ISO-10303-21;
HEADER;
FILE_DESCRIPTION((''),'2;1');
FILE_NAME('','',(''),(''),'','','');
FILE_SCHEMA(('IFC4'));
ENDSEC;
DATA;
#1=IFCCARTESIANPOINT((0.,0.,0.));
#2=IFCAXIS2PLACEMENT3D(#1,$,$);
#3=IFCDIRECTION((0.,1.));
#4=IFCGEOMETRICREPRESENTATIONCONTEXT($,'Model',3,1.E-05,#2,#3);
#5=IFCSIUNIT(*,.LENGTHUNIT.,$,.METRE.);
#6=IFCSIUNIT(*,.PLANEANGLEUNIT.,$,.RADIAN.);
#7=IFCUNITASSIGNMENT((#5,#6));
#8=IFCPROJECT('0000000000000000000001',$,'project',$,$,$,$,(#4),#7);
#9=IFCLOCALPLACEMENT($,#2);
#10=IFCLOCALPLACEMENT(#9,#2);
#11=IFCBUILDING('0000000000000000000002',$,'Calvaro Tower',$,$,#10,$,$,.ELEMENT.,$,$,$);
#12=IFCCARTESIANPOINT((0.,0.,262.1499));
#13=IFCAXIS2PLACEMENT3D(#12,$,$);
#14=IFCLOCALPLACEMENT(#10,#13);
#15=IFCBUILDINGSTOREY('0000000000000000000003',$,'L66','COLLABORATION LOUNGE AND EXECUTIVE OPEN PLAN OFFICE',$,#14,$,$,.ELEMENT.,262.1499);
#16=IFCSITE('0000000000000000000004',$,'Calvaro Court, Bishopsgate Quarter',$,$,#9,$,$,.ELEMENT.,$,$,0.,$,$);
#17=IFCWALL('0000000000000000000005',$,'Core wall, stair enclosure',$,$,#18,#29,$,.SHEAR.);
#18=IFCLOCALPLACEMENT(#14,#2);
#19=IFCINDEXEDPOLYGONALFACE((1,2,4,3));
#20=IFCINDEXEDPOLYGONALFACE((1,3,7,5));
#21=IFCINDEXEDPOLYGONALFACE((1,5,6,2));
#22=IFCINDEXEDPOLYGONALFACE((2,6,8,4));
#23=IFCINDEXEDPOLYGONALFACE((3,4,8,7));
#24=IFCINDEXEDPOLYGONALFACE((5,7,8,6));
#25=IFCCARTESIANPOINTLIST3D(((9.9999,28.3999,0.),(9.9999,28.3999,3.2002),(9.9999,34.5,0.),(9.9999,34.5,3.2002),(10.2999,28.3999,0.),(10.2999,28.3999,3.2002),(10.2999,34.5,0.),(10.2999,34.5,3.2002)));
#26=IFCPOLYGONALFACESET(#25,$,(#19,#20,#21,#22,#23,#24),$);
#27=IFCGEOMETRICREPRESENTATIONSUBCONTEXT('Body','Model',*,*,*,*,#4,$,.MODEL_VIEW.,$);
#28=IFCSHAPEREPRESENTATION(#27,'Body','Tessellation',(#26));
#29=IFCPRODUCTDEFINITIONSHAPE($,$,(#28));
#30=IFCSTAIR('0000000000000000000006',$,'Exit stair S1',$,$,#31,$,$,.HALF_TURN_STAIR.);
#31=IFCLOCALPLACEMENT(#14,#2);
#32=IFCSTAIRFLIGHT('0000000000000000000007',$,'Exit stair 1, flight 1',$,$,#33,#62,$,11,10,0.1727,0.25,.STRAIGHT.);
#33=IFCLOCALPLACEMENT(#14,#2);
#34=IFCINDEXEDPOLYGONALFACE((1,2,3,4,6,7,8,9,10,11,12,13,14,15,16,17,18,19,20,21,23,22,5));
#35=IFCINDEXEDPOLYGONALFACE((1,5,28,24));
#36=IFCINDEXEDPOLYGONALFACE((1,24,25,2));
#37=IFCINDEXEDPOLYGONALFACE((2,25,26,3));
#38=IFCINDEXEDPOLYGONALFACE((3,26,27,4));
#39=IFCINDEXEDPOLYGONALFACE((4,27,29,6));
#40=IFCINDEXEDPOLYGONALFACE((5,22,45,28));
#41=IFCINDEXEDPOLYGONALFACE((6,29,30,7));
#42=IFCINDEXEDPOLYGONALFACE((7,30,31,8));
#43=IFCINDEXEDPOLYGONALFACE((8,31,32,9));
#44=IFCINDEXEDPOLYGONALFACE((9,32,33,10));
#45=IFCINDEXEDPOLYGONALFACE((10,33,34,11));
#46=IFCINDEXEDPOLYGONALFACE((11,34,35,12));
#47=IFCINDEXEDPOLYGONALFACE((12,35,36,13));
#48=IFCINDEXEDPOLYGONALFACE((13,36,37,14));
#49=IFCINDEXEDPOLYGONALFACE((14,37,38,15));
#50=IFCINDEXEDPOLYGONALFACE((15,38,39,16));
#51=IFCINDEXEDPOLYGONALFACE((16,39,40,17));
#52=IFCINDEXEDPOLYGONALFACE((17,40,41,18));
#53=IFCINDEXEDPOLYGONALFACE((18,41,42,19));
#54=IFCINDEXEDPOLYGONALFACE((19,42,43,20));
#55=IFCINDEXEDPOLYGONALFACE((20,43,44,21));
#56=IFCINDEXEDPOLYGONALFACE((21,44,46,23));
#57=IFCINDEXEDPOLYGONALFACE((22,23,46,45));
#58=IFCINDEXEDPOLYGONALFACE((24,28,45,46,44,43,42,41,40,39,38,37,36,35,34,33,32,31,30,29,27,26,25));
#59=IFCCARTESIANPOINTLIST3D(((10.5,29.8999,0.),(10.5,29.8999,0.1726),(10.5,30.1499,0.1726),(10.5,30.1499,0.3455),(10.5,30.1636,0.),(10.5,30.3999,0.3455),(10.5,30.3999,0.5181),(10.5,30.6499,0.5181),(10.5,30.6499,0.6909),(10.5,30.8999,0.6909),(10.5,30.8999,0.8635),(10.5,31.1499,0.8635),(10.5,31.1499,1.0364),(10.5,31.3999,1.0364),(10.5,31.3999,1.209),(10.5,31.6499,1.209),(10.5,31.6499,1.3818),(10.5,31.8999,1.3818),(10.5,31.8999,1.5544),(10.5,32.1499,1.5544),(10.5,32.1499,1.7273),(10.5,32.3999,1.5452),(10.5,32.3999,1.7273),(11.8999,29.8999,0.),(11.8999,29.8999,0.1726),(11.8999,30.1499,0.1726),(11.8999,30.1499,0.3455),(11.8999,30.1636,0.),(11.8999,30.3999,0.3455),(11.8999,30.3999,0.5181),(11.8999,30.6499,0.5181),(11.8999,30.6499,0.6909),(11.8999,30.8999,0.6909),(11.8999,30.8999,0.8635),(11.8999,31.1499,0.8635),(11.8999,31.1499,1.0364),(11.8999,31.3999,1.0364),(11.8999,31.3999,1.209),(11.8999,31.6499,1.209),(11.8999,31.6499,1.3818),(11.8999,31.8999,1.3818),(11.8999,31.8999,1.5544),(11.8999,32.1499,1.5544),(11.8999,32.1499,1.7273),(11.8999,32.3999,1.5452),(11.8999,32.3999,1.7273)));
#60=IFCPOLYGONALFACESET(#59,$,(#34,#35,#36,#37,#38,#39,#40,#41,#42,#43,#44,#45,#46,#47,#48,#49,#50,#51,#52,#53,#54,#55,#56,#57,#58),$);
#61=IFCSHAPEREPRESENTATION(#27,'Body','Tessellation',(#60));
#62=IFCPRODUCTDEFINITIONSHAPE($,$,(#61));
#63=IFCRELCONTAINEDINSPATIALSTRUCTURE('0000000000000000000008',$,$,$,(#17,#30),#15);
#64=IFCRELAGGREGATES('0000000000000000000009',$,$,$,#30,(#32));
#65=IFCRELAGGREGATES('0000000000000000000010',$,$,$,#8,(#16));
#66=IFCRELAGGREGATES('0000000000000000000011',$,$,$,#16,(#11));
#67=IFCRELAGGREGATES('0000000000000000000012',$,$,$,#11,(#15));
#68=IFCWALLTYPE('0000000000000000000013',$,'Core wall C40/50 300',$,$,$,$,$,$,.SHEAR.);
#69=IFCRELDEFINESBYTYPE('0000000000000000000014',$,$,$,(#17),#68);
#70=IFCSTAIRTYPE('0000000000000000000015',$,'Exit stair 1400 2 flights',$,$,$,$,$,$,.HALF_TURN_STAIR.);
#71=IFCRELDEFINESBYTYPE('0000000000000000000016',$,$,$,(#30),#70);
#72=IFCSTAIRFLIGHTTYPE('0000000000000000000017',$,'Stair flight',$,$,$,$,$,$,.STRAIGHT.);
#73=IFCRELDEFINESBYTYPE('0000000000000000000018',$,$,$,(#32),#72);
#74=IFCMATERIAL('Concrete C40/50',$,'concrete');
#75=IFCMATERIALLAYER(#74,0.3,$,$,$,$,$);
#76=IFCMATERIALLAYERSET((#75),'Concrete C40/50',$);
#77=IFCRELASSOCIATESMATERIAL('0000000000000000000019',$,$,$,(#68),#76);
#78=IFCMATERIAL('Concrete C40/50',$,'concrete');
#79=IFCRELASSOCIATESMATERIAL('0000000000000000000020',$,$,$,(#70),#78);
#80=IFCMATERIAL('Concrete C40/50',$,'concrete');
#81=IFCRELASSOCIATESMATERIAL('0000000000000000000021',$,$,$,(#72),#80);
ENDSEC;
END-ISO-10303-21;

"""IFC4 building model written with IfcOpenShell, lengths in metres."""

from ifc_helpers import new_model, si_unit, direction, frame, frame_2d, origin, place, context, subcontext, project, spatial, polyline, rectangle, outline, extrude, material, layer, layer_set, type_object, element, aggregate, save


model = new_model("IFC4")

# Units and contexts
model_context = context("Model", 3, precision=1e-05, world=origin(), true_north=direction((0.0, 1.0)))
body_context = subcontext(model_context, "Body", "Model", "MODEL_VIEW")
ifc_project = project(units=[si_unit("LENGTHUNIT", "METRE"), si_unit("PLANEANGLEUNIT", "RADIAN")], contexts=[model_context])

# Site, building, storey
site_placement = place(None, origin())
site = spatial("IfcSite", under=ifc_project, at=site_placement, Name="Calvaro Court, Bishopsgate Quarter", CompositionType="ELEMENT", RefElevation=0.0)
building_placement = place(site_placement, origin())
building = spatial("IfcBuilding", under=site, at=building_placement, Name="Calvaro Tower", CompositionType="ELEMENT")
storey_placement = place(building_placement, frame((0.0, 0.0, 262.1499)))
storey = spatial("IfcBuildingStorey", under=building, at=storey_placement, Name="L66", Description="COLLABORATION LOUNGE AND EXECUTIVE OPEN PLAN OFFICE", CompositionType="ELEMENT", Elevation=262.1499)

# Wall
ifc_material_1 = material(Name="Concrete C40/50", Category="concrete")
ifc_layer = layer(ifc_material_1, 0.3)
ifc_layer_set = layer_set([ifc_layer], Name="Concrete C40/50")
wall_type = type_object("IfcWallType", Name="Core wall C40/50 300", PredefinedType="SHEAR", material=ifc_layer_set)
wall_placement = place(storey_placement, frame((10.1499, 28.3999, 0.0), z_axis=(0.0, 0.0, 1.0), x_axis=(0.0, 1.0, 0.0)))
element("IfcWall", 1, at=wall_placement, inside=storey, type_object=wall_type, Name="Core wall, stair enclosure", PredefinedType="SHEAR", context=body_context, shape_type="SweptSolid", body=[
    extrude(rectangle(XDim=6.1001, YDim=0.3, at=frame_2d((3.05, 0.0))), origin(), (0.0, 0.0, 1.0), 3.2002),
])

# Stair, stair flight
ifc_material_2 = material(Name="Concrete C40/50", Category="concrete")
stair_type = type_object("IfcStairType", Name="Exit stair 1400 2 flights", PredefinedType="HALF_TURN_STAIR", material=ifc_material_2)
stair_placement = place(storey_placement, origin())
stair = element("IfcStair", 2, at=stair_placement, inside=storey, type_object=stair_type, Name="Exit stair S1", PredefinedType="HALF_TURN_STAIR")
ifc_material_3 = material(Name="Concrete C40/50", Category="concrete")
stair_flight_type = type_object("IfcStairFlightType", Name="Stair flight", PredefinedType="STRAIGHT", material=ifc_material_3)
stair_flight_placement = place(storey_placement, frame((11.2, 29.8999, 0.0), z_axis=(0.0, 0.0, 1.0), x_axis=(0.0, 1.0, 0.0)))
stair_flight = element("IfcStairFlight", 3, at=stair_flight_placement, type_object=stair_flight_type, Name="Exit stair 1, flight 1", NumberOfRisers=11, NumberOfTreads=10, PredefinedType="STRAIGHT", RiserHeight=0.1727, TreadLength=0.25, context=body_context, shape_type="SweptSolid", body=[
    extrude(outline(polyline([(0.0, 0.0), (0.0, 0.1726), (0.25, 0.1726), (0.25, 0.3455), (0.5, 0.3455), (0.5, 0.5181), (0.75, 0.5181), (0.75, 0.6909), (1.0, 0.6909), (1.0, 0.8635), (1.25, 0.8635), (1.25, 1.0364), (1.5, 1.0364), (1.5, 1.209), (1.75, 1.209), (1.75, 1.3818), (2.0, 1.3818), (2.0, 1.5544), (2.25, 1.5544), (2.25, 1.7273), (2.5, 1.7273), (2.5, 1.8999), (2.5, 1.5452), (0.2637, 0.0), (0.0, 0.0)])), frame((0.0, 0.7, 0.0), z_axis=(0.0, -1.0, 0.0), x_axis=(1.0, 0.0, 0.0)), (0.0, 0.0, 1.0), 1.3999),
])
aggregate(stair, [stair_flight])

save(model, "model.ifc")
